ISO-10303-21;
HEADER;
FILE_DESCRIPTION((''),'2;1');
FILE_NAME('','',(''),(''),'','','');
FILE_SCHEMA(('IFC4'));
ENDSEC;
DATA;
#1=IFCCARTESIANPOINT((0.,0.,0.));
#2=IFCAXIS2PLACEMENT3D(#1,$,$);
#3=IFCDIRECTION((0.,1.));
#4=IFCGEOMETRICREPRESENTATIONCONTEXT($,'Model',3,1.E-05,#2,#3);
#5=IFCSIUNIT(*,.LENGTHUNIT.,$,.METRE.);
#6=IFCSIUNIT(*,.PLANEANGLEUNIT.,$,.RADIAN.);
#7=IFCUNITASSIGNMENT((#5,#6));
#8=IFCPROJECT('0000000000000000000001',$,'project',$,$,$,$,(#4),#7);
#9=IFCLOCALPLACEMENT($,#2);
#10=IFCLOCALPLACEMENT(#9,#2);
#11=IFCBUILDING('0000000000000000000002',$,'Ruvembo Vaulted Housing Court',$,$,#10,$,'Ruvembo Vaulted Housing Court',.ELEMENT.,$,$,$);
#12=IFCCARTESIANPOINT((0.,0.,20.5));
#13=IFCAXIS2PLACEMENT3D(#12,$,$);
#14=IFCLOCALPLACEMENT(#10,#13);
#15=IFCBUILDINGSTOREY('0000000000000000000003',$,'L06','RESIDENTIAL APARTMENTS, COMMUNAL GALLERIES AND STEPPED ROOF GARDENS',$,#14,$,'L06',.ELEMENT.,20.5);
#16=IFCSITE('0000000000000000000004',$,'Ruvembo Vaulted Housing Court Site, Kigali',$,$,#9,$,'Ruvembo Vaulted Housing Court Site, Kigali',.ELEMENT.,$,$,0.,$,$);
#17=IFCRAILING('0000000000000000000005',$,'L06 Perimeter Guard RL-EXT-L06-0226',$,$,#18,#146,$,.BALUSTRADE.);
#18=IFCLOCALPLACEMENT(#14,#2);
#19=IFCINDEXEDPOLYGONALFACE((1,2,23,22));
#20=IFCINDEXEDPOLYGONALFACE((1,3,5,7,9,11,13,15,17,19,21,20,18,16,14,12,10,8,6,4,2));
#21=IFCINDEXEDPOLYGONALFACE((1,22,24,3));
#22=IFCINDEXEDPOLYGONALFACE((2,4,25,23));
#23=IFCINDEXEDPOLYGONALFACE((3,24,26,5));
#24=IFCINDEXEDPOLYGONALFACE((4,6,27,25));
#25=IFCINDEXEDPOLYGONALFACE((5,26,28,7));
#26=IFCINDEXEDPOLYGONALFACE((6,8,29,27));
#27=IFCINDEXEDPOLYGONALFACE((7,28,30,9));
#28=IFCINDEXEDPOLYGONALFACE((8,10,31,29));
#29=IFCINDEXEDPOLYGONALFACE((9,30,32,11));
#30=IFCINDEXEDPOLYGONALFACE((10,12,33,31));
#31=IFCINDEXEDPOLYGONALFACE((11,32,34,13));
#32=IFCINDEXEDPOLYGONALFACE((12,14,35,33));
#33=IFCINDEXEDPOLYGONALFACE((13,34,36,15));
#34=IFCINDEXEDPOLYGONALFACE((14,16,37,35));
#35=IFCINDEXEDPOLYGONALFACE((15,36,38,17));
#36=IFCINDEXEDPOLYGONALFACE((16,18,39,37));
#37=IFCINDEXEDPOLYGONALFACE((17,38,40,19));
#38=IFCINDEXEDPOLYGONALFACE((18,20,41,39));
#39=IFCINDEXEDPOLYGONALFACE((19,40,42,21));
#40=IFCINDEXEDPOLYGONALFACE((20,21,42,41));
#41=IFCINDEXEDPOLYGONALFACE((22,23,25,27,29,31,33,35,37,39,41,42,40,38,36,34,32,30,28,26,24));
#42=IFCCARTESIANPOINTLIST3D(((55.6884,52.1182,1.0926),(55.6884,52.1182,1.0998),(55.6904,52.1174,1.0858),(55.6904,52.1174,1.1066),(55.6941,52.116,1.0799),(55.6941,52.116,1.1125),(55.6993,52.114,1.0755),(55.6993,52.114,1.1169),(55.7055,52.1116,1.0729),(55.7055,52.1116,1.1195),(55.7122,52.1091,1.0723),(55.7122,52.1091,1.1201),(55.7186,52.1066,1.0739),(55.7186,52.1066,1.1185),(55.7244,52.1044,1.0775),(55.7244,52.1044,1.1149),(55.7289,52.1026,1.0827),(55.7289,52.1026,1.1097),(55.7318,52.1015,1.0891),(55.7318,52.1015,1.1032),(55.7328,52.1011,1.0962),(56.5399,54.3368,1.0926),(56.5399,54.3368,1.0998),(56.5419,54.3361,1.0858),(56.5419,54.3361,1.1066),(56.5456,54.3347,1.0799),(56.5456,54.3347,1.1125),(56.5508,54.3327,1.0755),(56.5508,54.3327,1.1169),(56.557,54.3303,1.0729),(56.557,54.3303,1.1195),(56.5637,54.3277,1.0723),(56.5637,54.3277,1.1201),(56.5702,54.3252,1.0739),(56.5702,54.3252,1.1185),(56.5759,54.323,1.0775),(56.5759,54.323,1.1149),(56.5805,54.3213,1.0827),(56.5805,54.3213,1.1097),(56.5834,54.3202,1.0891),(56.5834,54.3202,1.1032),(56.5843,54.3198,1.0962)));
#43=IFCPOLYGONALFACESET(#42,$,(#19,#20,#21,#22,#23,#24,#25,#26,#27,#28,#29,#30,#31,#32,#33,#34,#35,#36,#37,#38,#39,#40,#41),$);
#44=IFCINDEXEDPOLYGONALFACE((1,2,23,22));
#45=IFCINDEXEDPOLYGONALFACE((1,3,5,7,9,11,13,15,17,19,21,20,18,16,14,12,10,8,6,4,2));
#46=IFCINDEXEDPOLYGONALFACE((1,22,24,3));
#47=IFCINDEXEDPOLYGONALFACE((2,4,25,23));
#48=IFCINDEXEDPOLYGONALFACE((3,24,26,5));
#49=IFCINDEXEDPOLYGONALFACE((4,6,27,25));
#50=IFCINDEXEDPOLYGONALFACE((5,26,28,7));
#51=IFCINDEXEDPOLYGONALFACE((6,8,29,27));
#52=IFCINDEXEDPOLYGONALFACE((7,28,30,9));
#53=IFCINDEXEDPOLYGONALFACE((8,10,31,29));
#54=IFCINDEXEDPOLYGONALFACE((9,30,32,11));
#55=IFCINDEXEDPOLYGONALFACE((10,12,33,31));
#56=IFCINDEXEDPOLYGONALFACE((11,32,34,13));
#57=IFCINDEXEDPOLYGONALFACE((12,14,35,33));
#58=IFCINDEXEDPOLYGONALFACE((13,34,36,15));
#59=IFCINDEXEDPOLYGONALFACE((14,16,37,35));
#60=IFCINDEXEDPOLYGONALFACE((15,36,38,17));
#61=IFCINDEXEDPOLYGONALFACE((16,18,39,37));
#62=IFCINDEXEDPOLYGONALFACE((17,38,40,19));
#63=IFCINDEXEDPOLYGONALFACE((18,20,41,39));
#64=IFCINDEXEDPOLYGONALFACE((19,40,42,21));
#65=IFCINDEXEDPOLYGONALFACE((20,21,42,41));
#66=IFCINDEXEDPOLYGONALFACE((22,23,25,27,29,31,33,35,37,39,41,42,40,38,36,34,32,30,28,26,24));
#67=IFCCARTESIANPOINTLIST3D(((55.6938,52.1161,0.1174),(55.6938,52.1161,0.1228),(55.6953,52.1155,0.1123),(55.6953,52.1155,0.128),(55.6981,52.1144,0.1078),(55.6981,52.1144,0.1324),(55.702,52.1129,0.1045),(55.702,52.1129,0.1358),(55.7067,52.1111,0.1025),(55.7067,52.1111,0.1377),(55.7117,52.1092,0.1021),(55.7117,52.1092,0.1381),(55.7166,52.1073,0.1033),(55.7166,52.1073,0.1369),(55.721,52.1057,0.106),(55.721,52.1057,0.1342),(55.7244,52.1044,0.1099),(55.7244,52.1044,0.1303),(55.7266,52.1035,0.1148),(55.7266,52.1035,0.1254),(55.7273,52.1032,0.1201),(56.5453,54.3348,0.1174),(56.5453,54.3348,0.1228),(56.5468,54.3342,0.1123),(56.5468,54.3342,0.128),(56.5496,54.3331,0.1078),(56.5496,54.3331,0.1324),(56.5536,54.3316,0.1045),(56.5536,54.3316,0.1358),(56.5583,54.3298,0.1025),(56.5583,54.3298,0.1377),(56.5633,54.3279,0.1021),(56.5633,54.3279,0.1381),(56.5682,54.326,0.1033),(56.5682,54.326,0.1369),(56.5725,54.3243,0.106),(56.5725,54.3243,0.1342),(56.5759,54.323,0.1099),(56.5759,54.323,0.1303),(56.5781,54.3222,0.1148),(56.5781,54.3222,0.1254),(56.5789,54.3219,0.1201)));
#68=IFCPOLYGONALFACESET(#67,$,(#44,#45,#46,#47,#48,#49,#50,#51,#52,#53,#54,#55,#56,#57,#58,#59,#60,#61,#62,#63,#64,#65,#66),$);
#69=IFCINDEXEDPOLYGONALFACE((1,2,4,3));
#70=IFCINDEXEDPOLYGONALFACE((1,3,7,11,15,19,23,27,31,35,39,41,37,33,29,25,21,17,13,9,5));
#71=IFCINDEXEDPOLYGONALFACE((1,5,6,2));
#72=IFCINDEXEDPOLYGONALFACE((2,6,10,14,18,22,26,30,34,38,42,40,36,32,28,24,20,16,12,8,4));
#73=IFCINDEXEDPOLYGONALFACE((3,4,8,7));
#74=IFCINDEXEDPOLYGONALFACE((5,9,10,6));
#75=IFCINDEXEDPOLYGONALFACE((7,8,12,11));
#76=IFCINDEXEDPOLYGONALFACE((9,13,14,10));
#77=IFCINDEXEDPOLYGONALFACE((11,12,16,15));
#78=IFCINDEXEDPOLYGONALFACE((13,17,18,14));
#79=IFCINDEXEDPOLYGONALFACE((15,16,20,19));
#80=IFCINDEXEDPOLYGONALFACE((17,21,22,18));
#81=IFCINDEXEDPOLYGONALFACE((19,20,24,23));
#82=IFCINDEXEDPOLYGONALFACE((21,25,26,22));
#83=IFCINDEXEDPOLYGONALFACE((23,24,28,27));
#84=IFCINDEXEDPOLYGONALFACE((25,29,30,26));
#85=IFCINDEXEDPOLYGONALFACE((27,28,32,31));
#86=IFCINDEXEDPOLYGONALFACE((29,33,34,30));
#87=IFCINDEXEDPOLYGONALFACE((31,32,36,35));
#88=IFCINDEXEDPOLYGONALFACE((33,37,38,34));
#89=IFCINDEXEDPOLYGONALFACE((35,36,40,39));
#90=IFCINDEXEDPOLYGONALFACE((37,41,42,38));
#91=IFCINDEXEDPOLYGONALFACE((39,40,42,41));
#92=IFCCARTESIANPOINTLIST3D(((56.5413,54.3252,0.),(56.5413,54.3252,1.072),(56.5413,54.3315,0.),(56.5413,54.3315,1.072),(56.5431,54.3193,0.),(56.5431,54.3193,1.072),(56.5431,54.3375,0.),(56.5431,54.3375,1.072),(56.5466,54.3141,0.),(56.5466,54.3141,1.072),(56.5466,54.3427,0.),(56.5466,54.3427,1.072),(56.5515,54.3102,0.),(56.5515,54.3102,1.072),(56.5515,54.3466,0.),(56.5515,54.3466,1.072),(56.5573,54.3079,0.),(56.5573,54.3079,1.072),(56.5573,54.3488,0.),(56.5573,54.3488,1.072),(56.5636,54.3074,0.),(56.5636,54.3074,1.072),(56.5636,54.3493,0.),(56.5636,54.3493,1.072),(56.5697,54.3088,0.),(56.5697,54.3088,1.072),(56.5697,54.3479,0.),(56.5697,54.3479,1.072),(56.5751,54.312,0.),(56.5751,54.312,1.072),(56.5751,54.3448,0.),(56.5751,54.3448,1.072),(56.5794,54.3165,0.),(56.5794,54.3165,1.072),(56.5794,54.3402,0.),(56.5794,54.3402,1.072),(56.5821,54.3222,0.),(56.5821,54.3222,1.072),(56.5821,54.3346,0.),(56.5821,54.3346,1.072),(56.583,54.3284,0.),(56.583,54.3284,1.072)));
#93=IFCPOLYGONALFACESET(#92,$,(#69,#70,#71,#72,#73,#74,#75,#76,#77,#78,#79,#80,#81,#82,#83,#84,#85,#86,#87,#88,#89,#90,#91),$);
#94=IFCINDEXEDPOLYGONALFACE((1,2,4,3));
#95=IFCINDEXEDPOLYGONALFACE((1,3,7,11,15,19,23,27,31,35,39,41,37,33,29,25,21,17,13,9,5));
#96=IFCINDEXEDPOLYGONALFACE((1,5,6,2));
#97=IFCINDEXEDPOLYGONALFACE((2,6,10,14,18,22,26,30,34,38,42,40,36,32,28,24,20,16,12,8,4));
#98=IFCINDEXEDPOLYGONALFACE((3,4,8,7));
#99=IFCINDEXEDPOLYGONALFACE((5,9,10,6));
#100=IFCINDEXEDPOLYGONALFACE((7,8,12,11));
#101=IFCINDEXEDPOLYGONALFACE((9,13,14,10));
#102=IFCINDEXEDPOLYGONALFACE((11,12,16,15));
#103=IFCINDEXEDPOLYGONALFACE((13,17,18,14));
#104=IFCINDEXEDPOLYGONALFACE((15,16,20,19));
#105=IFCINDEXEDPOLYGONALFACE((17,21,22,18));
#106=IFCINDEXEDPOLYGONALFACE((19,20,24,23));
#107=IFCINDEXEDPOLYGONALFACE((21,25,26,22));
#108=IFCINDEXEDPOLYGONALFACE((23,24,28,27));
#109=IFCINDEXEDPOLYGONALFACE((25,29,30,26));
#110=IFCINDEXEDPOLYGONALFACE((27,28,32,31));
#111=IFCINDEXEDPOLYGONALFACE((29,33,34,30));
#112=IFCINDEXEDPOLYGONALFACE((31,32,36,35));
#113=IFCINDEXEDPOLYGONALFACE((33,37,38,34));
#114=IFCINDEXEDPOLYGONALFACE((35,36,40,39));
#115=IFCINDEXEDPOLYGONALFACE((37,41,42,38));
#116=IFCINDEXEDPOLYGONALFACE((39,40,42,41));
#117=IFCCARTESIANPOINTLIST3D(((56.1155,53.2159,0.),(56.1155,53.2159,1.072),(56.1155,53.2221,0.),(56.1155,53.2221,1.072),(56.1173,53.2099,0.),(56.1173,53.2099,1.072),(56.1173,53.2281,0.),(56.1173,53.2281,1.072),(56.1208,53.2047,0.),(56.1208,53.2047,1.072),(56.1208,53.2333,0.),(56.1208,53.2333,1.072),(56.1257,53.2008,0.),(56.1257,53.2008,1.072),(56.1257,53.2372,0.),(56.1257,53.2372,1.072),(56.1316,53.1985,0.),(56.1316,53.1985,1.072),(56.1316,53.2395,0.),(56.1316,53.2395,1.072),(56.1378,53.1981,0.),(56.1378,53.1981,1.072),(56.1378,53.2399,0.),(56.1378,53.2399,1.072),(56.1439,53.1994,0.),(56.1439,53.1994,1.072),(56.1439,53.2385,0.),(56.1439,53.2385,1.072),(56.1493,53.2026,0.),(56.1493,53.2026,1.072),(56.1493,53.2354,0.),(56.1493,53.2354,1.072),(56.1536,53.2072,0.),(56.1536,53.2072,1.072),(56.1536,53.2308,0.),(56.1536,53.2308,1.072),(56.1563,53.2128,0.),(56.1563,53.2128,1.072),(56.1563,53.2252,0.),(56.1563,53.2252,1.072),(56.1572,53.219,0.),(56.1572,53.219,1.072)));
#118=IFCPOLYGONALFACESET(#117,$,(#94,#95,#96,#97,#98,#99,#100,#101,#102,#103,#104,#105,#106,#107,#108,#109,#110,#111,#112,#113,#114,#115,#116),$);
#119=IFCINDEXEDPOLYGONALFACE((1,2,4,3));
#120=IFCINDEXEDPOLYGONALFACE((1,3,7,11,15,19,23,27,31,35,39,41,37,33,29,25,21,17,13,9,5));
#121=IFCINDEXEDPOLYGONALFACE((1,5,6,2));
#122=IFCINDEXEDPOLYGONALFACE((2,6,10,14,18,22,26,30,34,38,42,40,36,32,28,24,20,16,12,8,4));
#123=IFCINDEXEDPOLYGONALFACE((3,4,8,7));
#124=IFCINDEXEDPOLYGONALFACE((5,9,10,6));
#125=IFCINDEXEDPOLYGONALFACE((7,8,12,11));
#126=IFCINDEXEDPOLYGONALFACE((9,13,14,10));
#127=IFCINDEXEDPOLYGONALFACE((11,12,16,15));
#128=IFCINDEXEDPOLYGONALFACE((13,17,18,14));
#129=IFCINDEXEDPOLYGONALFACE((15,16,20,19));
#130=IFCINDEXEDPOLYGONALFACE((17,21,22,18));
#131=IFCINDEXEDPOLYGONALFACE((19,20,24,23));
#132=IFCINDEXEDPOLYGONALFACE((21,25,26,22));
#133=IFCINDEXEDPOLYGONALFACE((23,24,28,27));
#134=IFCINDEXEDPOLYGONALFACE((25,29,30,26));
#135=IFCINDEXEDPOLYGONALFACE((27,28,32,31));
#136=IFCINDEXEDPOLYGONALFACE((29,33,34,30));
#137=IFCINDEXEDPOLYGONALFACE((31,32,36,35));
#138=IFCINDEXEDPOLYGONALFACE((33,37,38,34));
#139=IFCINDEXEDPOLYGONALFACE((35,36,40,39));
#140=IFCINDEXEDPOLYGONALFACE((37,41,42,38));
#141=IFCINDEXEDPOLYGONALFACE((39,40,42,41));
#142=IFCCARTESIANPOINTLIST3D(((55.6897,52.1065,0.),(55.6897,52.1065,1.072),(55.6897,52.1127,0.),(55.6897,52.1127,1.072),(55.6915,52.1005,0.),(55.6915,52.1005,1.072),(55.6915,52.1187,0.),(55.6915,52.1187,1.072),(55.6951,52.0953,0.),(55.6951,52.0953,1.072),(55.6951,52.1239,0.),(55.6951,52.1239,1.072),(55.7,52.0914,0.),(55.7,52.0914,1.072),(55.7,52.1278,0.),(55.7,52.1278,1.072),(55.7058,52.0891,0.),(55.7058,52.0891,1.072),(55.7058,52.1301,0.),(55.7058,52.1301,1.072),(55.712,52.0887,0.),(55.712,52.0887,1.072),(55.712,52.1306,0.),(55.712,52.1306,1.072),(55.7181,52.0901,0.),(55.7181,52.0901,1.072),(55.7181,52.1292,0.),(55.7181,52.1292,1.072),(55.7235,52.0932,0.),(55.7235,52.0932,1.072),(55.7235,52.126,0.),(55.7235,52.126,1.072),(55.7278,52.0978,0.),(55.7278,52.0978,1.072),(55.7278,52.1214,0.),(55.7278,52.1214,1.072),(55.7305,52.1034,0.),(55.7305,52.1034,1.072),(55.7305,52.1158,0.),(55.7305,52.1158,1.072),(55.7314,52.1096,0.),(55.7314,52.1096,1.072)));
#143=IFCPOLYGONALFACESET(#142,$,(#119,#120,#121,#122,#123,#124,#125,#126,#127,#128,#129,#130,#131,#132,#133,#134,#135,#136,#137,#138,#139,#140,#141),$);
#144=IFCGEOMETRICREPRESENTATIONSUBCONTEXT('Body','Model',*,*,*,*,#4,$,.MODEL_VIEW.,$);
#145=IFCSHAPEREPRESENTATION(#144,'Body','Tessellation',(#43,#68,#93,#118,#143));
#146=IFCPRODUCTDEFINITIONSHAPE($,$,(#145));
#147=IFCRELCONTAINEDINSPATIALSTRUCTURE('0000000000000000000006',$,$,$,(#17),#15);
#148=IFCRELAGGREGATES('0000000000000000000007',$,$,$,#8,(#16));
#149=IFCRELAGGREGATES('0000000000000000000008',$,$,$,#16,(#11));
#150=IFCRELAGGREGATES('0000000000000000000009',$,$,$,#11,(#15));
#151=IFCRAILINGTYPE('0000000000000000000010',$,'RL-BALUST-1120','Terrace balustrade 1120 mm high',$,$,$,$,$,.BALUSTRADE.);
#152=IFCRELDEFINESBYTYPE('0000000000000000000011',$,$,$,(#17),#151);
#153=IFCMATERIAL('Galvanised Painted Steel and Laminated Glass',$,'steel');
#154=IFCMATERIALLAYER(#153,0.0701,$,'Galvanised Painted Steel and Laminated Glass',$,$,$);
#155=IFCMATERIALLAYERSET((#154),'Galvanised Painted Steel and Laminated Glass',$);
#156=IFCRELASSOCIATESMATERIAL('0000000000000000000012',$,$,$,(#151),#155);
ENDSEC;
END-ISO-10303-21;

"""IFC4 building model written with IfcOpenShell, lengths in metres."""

from ifc_helpers import new_model, si_unit, direction, frame, origin, origin_2d, place, context, subcontext, project, spatial, circle, extrude, material, layer, layer_set, type_object, element, save


model = new_model("IFC4")

# Units and contexts
model_context = context("Model", 3, precision=1e-05, world=origin(), true_north=direction((0.0, 1.0)))
body_context = subcontext(model_context, "Body", "Model", "MODEL_VIEW")
ifc_project = project(units=[si_unit("LENGTHUNIT", "METRE"), si_unit("PLANEANGLEUNIT", "RADIAN")], contexts=[model_context])

# Site, building, storey
site_placement = place(None, origin())
site = spatial("IfcSite", under=ifc_project, at=site_placement, Name="Ruvembo Vaulted Housing Court Site, Kigali", LongName="Ruvembo Vaulted Housing Court Site, Kigali", CompositionType="ELEMENT", RefElevation=0.0)
building_placement = place(site_placement, origin())
building = spatial("IfcBuilding", under=site, at=building_placement, Name="Ruvembo Vaulted Housing Court", LongName="Ruvembo Vaulted Housing Court", CompositionType="ELEMENT")
storey_placement = place(building_placement, frame((0.0, 0.0, 20.5)))
storey = spatial("IfcBuildingStorey", under=building, at=storey_placement, Name="L06", Description="RESIDENTIAL APARTMENTS, COMMUNAL GALLERIES AND STEPPED ROOF GARDENS", LongName="L06", CompositionType="ELEMENT", Elevation=20.5)

# Railing
ifc_material_1 = material(Name="Galvanised Painted Steel and Laminated Glass", Category="steel")
ifc_layer = layer(ifc_material_1, 0.0701, Name="Galvanised Painted Steel and Laminated Glass")
ifc_layer_set = layer_set([ifc_layer], Name="Galvanised Painted Steel and Laminated Glass")
railing_type = type_object("IfcRailingType", Name="RL-BALUST-1120", Description="Terrace balustrade 1120 mm high", PredefinedType="BALUSTRADE", material=ifc_layer_set)
railing_1_placement = place(storey_placement, frame((56.562, 54.3284, 0.0)))
element("IfcRailing", 1, at=railing_1_placement, inside=storey, type_object=railing_type, Name="L06 Perimeter Guard RL-EXT-L06-0226", PredefinedType="BALUSTRADE", context=body_context, shape_type="SweptSolid", body=[
    extrude(circle(Radius=0.0239, at=origin_2d()), frame((0.0, 0.0, 1.0962), z_axis=(-0.358318, -0.9336, 0.0), x_axis=(0.9336, -0.358318, 0.0)), (0.0, 0.0, 1.0), 2.3765),
    extrude(circle(Radius=0.0181, at=origin_2d()), frame((0.0, 0.0, 0.1201), z_axis=(-0.358318, -0.9336, 0.0), x_axis=(0.9336, -0.358318, 0.0)), (0.0, 0.0, 1.0), 2.3765),
    extrude(circle(Radius=0.021, at=origin_2d()), origin(), (0.0, 0.0, 1.0), 1.072),
    extrude(circle(Radius=0.021, at=origin_2d()), frame((-0.4258, -1.1094, 0.0)), (0.0, 0.0, 1.0), 1.072),
    extrude(circle(Radius=0.021, at=origin_2d()), frame((-0.8516, -2.2188, 0.0)), (0.0, 0.0, 1.0), 1.072),
])

save(model, "model.ifc")
